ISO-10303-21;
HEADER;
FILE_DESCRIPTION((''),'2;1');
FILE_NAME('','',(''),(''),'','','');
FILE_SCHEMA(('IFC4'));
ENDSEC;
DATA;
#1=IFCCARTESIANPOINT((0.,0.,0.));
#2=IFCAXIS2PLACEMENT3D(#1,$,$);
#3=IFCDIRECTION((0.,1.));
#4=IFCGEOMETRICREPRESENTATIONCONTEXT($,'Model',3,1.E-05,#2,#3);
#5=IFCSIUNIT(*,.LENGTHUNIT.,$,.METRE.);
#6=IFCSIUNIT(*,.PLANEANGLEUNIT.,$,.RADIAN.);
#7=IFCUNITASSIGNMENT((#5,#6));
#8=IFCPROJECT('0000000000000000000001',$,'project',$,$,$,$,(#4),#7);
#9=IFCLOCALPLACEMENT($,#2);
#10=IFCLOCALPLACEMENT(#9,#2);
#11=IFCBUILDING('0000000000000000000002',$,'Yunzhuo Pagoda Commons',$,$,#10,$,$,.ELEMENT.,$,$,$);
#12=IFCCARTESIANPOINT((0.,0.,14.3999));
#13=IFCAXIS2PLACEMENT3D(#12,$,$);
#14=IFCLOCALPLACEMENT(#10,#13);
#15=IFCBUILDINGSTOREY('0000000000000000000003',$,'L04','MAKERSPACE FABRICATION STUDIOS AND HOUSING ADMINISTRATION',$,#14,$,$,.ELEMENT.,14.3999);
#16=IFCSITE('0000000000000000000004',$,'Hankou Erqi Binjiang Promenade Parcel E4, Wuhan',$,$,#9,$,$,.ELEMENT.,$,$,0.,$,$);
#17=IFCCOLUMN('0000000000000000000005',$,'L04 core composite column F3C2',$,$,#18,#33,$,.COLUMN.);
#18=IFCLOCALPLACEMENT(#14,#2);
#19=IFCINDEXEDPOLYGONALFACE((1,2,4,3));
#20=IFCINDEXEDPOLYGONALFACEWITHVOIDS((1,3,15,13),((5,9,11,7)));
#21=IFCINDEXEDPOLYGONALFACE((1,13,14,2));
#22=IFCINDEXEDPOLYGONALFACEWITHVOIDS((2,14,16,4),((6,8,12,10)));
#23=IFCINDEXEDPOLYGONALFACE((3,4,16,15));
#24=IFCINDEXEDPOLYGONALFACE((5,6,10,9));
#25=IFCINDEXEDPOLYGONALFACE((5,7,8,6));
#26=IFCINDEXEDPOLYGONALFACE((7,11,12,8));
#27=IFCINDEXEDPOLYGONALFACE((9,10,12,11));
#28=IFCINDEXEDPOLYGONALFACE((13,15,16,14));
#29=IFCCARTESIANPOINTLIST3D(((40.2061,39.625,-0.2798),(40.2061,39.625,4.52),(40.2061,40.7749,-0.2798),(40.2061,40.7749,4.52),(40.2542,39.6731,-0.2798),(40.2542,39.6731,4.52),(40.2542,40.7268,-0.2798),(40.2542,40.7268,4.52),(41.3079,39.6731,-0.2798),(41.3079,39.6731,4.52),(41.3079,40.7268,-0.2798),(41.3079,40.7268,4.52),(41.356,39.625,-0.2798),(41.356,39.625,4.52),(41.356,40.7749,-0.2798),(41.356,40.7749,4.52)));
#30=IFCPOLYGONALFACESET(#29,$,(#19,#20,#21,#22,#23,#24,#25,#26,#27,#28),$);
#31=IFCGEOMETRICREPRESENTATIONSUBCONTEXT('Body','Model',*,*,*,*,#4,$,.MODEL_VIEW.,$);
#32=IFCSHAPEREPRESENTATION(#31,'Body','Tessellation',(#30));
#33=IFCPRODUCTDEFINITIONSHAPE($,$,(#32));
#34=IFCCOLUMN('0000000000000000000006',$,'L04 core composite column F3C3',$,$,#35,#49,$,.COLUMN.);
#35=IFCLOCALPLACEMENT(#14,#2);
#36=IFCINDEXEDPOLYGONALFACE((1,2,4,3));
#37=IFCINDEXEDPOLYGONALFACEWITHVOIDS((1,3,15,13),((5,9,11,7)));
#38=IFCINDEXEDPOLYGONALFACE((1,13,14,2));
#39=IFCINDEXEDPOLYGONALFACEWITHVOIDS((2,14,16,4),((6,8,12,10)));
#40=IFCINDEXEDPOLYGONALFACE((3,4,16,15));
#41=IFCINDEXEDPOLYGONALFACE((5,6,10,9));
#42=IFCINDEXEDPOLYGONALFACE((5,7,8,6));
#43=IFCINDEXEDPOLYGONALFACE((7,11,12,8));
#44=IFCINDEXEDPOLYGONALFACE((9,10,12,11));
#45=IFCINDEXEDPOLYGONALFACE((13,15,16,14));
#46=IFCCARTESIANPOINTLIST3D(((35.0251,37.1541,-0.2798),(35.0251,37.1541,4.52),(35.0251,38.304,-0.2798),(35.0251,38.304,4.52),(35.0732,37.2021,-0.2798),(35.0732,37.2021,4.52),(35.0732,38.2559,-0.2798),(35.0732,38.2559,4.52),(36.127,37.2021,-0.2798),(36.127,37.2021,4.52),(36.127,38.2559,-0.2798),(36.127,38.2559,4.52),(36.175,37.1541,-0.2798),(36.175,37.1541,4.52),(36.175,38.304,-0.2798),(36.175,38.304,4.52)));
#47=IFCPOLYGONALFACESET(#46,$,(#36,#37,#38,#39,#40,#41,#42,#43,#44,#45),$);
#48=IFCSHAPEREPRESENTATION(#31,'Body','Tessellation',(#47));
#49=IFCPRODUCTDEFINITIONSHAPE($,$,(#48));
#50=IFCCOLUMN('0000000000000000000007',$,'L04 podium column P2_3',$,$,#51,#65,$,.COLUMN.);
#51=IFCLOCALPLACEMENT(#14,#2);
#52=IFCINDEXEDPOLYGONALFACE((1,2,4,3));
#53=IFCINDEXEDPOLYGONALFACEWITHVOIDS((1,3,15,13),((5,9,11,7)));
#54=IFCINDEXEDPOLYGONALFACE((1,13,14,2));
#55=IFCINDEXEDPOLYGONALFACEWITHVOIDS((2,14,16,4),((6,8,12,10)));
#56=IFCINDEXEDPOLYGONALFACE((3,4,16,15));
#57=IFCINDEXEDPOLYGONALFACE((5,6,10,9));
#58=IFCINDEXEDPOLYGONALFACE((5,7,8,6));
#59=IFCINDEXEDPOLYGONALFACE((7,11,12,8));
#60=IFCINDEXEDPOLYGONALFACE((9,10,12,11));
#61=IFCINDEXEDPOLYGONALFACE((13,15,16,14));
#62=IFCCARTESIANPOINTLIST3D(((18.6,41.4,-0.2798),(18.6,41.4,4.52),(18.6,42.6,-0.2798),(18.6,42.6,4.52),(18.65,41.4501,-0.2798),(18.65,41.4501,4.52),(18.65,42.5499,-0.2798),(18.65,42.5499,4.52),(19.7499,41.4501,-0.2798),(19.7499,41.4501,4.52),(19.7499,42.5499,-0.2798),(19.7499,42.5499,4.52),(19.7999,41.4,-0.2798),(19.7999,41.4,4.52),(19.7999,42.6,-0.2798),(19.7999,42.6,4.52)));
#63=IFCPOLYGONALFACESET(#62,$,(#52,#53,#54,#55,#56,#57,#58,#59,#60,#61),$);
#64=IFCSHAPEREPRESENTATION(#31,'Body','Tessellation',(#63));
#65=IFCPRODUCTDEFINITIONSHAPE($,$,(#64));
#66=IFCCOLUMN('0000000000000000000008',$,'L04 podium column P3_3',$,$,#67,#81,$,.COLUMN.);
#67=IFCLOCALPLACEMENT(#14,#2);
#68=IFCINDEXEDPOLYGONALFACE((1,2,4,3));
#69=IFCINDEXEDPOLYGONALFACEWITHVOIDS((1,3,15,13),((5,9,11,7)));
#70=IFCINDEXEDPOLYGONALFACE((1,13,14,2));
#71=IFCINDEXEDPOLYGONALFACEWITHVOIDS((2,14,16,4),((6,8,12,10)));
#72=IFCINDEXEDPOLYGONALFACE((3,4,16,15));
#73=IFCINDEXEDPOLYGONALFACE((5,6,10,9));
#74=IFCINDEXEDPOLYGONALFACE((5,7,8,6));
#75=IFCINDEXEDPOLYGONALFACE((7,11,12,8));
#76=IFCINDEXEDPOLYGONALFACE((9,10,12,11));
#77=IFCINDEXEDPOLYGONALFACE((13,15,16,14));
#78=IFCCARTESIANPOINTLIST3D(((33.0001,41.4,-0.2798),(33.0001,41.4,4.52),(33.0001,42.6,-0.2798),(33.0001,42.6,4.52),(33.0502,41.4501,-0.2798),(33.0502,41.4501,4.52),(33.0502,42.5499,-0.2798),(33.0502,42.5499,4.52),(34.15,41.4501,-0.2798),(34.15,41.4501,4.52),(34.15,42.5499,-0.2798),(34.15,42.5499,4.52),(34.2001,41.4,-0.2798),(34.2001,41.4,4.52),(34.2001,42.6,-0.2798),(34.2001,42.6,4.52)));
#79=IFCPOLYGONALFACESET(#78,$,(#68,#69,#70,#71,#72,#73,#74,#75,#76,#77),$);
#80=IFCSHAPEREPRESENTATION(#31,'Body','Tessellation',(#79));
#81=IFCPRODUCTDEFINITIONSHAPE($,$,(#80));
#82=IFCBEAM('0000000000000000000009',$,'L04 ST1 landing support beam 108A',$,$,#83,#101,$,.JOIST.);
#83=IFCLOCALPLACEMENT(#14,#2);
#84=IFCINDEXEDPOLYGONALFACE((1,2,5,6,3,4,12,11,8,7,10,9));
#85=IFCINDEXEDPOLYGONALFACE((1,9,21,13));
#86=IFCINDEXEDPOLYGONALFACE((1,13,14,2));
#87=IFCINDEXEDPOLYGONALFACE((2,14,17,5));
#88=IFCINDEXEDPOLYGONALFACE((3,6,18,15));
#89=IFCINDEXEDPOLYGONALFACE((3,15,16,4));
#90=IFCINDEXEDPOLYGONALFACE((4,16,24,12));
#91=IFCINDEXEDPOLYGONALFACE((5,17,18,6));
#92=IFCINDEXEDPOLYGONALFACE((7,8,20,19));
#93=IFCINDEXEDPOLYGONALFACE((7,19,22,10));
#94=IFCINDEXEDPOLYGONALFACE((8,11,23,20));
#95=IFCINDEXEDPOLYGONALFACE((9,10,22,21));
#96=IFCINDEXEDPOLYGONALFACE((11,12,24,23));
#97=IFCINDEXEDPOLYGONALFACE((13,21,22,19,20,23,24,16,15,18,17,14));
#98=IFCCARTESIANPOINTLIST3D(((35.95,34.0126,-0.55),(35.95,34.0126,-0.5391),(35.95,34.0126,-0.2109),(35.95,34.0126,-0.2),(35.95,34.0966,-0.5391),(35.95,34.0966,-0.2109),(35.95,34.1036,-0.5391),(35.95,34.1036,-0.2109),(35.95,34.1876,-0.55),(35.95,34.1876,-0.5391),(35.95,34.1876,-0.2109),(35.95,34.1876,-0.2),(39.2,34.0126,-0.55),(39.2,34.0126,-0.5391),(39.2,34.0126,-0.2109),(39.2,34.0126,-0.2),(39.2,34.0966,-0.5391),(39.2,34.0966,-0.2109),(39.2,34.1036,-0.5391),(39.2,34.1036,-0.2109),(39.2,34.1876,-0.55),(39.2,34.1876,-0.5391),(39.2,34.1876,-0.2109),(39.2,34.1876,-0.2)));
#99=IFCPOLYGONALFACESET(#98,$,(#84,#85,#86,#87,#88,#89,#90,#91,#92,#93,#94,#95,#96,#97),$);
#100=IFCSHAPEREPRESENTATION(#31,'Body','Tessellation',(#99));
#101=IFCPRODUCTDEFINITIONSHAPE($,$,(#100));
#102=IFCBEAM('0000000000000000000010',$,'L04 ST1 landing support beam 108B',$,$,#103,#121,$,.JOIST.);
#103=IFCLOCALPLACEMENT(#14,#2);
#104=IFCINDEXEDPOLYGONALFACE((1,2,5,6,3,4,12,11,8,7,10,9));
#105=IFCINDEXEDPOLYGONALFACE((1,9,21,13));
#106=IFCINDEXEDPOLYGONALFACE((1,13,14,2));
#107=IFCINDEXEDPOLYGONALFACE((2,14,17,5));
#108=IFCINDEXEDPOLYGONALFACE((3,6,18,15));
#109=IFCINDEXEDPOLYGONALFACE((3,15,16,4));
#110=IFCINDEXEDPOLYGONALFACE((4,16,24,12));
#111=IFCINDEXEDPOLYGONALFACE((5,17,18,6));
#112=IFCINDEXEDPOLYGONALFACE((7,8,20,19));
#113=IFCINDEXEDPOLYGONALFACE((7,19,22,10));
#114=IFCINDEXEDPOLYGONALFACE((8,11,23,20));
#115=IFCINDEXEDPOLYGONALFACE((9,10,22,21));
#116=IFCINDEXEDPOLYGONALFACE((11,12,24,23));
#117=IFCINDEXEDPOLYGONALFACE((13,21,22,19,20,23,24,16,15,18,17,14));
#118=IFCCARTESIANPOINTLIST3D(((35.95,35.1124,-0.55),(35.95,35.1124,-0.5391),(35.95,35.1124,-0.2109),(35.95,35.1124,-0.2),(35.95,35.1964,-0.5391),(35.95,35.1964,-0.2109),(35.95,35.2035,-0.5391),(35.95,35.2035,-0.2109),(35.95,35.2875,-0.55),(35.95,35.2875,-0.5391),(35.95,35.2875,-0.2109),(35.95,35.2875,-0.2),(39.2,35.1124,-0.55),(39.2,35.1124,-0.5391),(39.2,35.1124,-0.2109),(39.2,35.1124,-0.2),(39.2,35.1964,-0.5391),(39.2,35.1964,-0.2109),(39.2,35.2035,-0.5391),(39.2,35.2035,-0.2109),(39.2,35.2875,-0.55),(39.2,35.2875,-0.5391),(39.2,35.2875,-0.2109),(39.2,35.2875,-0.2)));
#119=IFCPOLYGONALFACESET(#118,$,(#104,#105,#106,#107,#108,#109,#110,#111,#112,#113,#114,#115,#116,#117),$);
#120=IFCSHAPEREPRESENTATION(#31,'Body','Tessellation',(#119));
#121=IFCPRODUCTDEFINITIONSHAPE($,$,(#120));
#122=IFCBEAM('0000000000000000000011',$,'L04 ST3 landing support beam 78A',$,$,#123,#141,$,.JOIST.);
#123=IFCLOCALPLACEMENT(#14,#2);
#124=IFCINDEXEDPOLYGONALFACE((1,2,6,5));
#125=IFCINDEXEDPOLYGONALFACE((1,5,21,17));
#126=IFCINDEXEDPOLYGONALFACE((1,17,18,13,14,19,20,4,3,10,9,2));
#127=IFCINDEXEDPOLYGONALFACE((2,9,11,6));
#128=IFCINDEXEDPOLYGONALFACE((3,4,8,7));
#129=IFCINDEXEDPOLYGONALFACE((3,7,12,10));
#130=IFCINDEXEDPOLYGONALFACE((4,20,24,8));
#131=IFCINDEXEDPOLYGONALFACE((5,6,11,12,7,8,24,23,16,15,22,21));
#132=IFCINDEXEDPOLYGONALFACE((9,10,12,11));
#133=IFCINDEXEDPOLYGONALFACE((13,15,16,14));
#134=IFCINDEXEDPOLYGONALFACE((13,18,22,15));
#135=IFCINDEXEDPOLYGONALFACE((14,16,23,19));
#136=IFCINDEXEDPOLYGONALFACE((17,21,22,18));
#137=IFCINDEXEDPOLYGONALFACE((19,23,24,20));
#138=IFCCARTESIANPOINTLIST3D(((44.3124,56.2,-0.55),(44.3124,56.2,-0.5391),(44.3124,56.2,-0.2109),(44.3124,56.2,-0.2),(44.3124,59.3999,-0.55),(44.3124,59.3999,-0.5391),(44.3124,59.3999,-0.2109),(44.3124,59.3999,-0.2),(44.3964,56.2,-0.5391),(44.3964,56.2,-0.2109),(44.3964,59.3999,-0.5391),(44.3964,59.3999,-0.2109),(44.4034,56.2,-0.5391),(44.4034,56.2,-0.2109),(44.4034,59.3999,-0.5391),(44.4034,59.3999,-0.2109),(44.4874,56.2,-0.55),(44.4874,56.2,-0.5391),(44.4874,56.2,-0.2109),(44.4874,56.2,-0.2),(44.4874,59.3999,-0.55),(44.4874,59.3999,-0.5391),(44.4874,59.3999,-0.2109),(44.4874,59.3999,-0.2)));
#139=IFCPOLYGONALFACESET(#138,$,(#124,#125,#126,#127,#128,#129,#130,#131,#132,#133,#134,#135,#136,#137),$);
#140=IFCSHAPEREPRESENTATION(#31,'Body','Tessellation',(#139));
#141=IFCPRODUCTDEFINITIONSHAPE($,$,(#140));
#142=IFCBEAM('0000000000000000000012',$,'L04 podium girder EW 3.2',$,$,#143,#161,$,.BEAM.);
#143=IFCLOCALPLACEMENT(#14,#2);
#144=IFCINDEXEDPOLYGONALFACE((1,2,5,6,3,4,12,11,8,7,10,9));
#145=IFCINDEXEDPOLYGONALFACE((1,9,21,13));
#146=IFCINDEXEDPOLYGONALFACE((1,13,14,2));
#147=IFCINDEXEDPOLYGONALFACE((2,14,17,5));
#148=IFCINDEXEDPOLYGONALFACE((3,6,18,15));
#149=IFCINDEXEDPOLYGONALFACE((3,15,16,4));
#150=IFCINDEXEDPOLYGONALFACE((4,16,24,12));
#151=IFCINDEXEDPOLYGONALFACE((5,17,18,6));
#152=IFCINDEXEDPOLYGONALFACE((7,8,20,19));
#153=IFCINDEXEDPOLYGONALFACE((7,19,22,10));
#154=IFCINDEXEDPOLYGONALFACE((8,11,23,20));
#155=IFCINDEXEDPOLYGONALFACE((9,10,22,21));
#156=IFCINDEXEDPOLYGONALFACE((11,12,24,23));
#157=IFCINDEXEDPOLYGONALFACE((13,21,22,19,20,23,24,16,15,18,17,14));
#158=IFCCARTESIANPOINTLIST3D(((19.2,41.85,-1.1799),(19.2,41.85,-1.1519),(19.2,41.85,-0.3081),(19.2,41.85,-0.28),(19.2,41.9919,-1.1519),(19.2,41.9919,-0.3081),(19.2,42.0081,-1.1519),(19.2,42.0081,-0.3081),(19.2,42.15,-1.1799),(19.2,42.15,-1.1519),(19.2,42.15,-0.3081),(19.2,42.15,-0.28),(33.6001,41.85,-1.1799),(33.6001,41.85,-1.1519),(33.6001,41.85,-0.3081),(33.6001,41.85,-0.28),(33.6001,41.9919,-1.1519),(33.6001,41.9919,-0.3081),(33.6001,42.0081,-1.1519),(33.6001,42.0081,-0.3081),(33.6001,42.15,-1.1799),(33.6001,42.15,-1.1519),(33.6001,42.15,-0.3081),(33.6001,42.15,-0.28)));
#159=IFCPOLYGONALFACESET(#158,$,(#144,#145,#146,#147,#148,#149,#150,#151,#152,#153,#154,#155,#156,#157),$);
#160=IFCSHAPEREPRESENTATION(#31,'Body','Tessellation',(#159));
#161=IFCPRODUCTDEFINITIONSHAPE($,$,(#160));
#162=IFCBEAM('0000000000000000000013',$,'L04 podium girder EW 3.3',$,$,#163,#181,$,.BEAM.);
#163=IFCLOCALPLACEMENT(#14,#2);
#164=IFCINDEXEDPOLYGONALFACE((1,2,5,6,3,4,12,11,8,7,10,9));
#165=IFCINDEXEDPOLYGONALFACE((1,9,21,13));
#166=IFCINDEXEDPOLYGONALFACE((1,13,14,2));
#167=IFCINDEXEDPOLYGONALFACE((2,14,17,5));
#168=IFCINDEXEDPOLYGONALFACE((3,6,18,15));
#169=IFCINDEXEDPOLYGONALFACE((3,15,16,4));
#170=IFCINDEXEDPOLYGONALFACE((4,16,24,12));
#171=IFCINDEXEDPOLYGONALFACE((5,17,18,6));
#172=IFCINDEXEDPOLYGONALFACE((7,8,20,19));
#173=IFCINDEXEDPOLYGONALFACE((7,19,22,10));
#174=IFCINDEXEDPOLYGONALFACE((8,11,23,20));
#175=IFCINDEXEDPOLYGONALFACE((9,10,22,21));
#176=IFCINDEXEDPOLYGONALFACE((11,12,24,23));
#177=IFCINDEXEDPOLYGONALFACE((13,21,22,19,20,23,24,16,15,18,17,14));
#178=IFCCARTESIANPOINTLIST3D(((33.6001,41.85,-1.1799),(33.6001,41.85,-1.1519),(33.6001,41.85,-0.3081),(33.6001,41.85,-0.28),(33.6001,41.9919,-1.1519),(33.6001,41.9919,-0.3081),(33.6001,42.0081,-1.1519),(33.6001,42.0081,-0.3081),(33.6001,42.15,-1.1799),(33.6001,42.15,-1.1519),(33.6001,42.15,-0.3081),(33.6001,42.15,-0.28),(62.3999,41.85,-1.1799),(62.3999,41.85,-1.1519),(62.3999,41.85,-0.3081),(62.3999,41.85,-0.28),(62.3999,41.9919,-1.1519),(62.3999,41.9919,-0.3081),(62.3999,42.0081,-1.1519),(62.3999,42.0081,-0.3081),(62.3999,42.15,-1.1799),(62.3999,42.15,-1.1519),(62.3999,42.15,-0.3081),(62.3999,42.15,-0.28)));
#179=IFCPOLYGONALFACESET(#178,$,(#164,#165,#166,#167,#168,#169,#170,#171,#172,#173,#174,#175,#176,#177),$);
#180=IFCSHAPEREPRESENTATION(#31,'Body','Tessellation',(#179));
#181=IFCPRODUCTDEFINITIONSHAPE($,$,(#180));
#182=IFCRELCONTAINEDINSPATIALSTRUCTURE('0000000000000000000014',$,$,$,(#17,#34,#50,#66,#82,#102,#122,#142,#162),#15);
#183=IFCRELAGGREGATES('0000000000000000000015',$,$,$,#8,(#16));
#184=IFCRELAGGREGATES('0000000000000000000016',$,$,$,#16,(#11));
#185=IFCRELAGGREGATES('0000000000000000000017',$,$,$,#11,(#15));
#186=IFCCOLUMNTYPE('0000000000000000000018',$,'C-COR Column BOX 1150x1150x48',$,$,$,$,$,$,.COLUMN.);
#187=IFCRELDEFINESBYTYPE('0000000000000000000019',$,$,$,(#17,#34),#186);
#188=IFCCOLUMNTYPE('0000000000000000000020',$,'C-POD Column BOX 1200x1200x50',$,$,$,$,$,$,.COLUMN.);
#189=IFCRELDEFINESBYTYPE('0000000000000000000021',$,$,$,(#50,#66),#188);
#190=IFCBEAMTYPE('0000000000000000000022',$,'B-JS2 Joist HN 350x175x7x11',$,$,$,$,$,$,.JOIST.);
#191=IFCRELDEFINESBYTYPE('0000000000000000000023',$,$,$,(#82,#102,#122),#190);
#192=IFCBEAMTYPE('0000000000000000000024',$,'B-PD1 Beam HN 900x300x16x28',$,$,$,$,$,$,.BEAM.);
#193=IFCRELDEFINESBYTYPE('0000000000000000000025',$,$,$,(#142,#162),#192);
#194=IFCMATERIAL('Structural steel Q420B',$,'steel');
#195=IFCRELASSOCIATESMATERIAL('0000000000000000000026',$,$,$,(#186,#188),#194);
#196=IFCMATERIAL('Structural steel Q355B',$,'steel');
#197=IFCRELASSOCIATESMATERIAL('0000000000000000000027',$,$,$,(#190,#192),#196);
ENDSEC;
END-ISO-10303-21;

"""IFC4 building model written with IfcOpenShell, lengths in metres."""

from ifc_helpers import new_model, si_unit, direction, frame, origin, origin_2d, place, context, subcontext, project, spatial, hollow_rectangle, i_section, extrude, source, transform, mapped, material, material_profile, profile_set, type_object, element, save


model = new_model("IFC4")

# Units and contexts
model_context = context("Model", 3, precision=1e-05, world=origin(), true_north=direction((0.0, 1.0)))
body_context = subcontext(model_context, "Body", "Model", "MODEL_VIEW")
ifc_project = project(units=[si_unit("LENGTHUNIT", "METRE"), si_unit("PLANEANGLEUNIT", "RADIAN")], contexts=[model_context])

# Site, building, storey
site_placement = place(None, origin())
site = spatial("IfcSite", under=ifc_project, at=site_placement, Name="Hankou Erqi Binjiang Promenade Parcel E4, Wuhan", CompositionType="ELEMENT", RefElevation=0.0)
building_placement = place(site_placement, origin())
building = spatial("IfcBuilding", under=site, at=building_placement, Name="Yunzhuo Pagoda Commons", CompositionType="ELEMENT")
storey_placement = place(building_placement, frame((0.0, 0.0, 14.3999)))
storey = spatial("IfcBuildingStorey", under=building, at=storey_placement, Name="L04", Description="MAKERSPACE FABRICATION STUDIOS AND HOUSING ADMINISTRATION", CompositionType="ELEMENT", Elevation=14.3999)

# Columns
ifc_material_1 = material(Name="Structural steel Q420B", Category="steel")
ifc_material_profile_1 = material_profile(ifc_material_1, hollow_rectangle(XDim=1.1499, YDim=1.1499, WallThickness=0.0481, at=origin_2d()), Name="Structural steel Q420B")
ifc_profile_set_1 = profile_set([ifc_material_profile_1], Name="Structural steel Q420B")
column_type_1 = type_object("IfcColumnType", Name="C-COR Column BOX 1150x1150x48", PredefinedType="COLUMN", material=ifc_profile_set_1)
shared_shape_1 = source(origin(), body_context, "Body", "SweptSolid", [
    extrude(hollow_rectangle(XDim=1.1499, YDim=1.1499, WallThickness=0.0481, at=origin_2d()), origin(), (0.0, 0.0, 1.0), 4.7998),
])
for number, where, z_axis, x_axis, name in (
    (1, (40.781, 40.2, -0.2798), (0.0, 0.0, 1.0), (1.0, 0.0, 0.0), "L04 core composite column F3C2"),
    (2, (35.6001, 37.729, -0.2798), (0.0, 0.0, 1.0), (1.0, 0.0, 0.0), "L04 core composite column F3C3"),
):
    element("IfcColumn", number, at=place(storey_placement, frame(where, z_axis=z_axis, x_axis=x_axis)), inside=storey, type_object=column_type_1, Name=name, PredefinedType="COLUMN", context=body_context, shape_type="MappedRepresentation", body=[
        mapped(shared_shape_1, transform((0.0, 0.0, 0.0), scale=1.0)),
    ])
ifc_material_profile_2 = material_profile(ifc_material_1, hollow_rectangle(XDim=1.2, YDim=1.2, WallThickness=0.05, at=origin_2d()), Name="Structural steel Q420B")
ifc_profile_set_2 = profile_set([ifc_material_profile_2], Name="Structural steel Q420B")
column_type_2 = type_object("IfcColumnType", Name="C-POD Column BOX 1200x1200x50", PredefinedType="COLUMN", material=ifc_profile_set_2)
shared_shape_2 = source(origin(), body_context, "Body", "SweptSolid", [
    extrude(hollow_rectangle(XDim=1.2, YDim=1.2, WallThickness=0.05, at=origin_2d()), origin(), (0.0, 0.0, 1.0), 4.7998),
])
for number, where, z_axis, x_axis, name in (
    (3, (19.2, 42.0, -0.2798), (0.0, 0.0, 1.0), (1.0, 0.0, 0.0), "L04 podium column P2_3"),
    (4, (33.6001, 42.0, -0.2798), (0.0, 0.0, 1.0), (1.0, 0.0, 0.0), "L04 podium column P3_3"),
):
    element("IfcColumn", number, at=place(storey_placement, frame(where, z_axis=z_axis, x_axis=x_axis)), inside=storey, type_object=column_type_2, Name=name, PredefinedType="COLUMN", context=body_context, shape_type="MappedRepresentation", body=[
        mapped(shared_shape_2, transform((0.0, 0.0, 0.0), scale=1.0)),
    ])

# Beams
ifc_material_2 = material(Name="Structural steel Q355B", Category="steel")
ifc_material_profile_3 = material_profile(ifc_material_2, i_section(OverallWidth=0.175, OverallDepth=0.3501, WebThickness=0.0071, FlangeThickness=0.011, at=origin_2d()), Name="Structural steel Q355B")
ifc_profile_set_3 = profile_set([ifc_material_profile_3], Name="Structural steel Q355B")
beam_type_1 = type_object("IfcBeamType", Name="B-JS2 Joist HN 350x175x7x11", PredefinedType="JOIST", material=ifc_profile_set_3)
shared_shape_3 = source(origin(), body_context, "Body", "SweptSolid", [
    extrude(i_section(OverallWidth=0.175, OverallDepth=0.3501, WebThickness=0.0071, FlangeThickness=0.011, at=origin_2d()), origin(), (0.0, 0.0, 1.0), 3.25),
])
for number, where, z_axis, x_axis, name in (
    (5, (35.95, 34.1001, -0.375), (1.0, 0.0, 0.0), (0.0, 1.0, 0.0), "L04 ST1 landing support beam 108A"),
    (6, (35.95, 35.2, -0.375), (1.0, 0.0, 0.0), (0.0, 1.0, 0.0), "L04 ST1 landing support beam 108B"),
):
    element("IfcBeam", number, at=place(storey_placement, frame(where, z_axis=z_axis, x_axis=x_axis)), inside=storey, type_object=beam_type_1, Name=name, PredefinedType="JOIST", context=body_context, shape_type="MappedRepresentation", body=[
        mapped(shared_shape_3, transform((0.0, 0.0, 0.0), scale=1.0)),
    ])
shared_shape_4 = source(origin(), body_context, "Body", "SweptSolid", [
    extrude(i_section(OverallWidth=0.175, OverallDepth=0.3501, WebThickness=0.0071, FlangeThickness=0.011, at=origin_2d()), origin(), (0.0, 0.0, 1.0), 3.2),
])
beam_1_placement = place(storey_placement, frame((44.3999, 56.2, -0.375), z_axis=(0.0, 1.0, 0.0), x_axis=(-1.0, 0.0, 0.0)))
element("IfcBeam", 7, at=beam_1_placement, inside=storey, type_object=beam_type_1, Name="L04 ST3 landing support beam 78A", PredefinedType="JOIST", context=body_context, shape_type="MappedRepresentation", body=[
    mapped(shared_shape_4, transform((0.0, 0.0, 0.0), scale=1.0)),
])
ifc_material_profile_4 = material_profile(ifc_material_2, i_section(OverallWidth=0.3, OverallDepth=0.8999, WebThickness=0.0161, FlangeThickness=0.0281, at=origin_2d()), Name="Structural steel Q355B")
ifc_profile_set_4 = profile_set([ifc_material_profile_4], Name="Structural steel Q355B")
beam_type_2 = type_object("IfcBeamType", Name="B-PD1 Beam HN 900x300x16x28", PredefinedType="BEAM", material=ifc_profile_set_4)
shared_shape_5 = source(origin(), body_context, "Body", "SweptSolid", [
    extrude(i_section(OverallWidth=0.3, OverallDepth=0.8999, WebThickness=0.0161, FlangeThickness=0.0281, at=origin_2d()), origin(), (0.0, 0.0, 1.0), 14.4001),
])
beam_2_placement = place(storey_placement, frame((19.2, 42.0, -0.73), z_axis=(1.0, 0.0, 0.0), x_axis=(0.0, 1.0, 0.0)))
element("IfcBeam", 8, at=beam_2_placement, inside=storey, type_object=beam_type_2, Name="L04 podium girder EW 3.2", PredefinedType="BEAM", context=body_context, shape_type="MappedRepresentation", body=[
    mapped(shared_shape_5, transform((0.0, 0.0, 0.0), scale=1.0)),
])
shared_shape_6 = source(origin(), body_context, "Body", "SweptSolid", [
    extrude(i_section(OverallWidth=0.3, OverallDepth=0.8999, WebThickness=0.0161, FlangeThickness=0.0281, at=origin_2d()), origin(), (0.0, 0.0, 1.0), 28.7998),
])
beam_3_placement = place(storey_placement, frame((33.6001, 42.0, -0.73), z_axis=(1.0, 0.0, 0.0), x_axis=(0.0, 1.0, 0.0)))
element("IfcBeam", 9, at=beam_3_placement, inside=storey, type_object=beam_type_2, Name="L04 podium girder EW 3.3", PredefinedType="BEAM", context=body_context, shape_type="MappedRepresentation", body=[
    mapped(shared_shape_6, transform((0.0, 0.0, 0.0), scale=1.0)),
])

save(model, "model.ifc")
